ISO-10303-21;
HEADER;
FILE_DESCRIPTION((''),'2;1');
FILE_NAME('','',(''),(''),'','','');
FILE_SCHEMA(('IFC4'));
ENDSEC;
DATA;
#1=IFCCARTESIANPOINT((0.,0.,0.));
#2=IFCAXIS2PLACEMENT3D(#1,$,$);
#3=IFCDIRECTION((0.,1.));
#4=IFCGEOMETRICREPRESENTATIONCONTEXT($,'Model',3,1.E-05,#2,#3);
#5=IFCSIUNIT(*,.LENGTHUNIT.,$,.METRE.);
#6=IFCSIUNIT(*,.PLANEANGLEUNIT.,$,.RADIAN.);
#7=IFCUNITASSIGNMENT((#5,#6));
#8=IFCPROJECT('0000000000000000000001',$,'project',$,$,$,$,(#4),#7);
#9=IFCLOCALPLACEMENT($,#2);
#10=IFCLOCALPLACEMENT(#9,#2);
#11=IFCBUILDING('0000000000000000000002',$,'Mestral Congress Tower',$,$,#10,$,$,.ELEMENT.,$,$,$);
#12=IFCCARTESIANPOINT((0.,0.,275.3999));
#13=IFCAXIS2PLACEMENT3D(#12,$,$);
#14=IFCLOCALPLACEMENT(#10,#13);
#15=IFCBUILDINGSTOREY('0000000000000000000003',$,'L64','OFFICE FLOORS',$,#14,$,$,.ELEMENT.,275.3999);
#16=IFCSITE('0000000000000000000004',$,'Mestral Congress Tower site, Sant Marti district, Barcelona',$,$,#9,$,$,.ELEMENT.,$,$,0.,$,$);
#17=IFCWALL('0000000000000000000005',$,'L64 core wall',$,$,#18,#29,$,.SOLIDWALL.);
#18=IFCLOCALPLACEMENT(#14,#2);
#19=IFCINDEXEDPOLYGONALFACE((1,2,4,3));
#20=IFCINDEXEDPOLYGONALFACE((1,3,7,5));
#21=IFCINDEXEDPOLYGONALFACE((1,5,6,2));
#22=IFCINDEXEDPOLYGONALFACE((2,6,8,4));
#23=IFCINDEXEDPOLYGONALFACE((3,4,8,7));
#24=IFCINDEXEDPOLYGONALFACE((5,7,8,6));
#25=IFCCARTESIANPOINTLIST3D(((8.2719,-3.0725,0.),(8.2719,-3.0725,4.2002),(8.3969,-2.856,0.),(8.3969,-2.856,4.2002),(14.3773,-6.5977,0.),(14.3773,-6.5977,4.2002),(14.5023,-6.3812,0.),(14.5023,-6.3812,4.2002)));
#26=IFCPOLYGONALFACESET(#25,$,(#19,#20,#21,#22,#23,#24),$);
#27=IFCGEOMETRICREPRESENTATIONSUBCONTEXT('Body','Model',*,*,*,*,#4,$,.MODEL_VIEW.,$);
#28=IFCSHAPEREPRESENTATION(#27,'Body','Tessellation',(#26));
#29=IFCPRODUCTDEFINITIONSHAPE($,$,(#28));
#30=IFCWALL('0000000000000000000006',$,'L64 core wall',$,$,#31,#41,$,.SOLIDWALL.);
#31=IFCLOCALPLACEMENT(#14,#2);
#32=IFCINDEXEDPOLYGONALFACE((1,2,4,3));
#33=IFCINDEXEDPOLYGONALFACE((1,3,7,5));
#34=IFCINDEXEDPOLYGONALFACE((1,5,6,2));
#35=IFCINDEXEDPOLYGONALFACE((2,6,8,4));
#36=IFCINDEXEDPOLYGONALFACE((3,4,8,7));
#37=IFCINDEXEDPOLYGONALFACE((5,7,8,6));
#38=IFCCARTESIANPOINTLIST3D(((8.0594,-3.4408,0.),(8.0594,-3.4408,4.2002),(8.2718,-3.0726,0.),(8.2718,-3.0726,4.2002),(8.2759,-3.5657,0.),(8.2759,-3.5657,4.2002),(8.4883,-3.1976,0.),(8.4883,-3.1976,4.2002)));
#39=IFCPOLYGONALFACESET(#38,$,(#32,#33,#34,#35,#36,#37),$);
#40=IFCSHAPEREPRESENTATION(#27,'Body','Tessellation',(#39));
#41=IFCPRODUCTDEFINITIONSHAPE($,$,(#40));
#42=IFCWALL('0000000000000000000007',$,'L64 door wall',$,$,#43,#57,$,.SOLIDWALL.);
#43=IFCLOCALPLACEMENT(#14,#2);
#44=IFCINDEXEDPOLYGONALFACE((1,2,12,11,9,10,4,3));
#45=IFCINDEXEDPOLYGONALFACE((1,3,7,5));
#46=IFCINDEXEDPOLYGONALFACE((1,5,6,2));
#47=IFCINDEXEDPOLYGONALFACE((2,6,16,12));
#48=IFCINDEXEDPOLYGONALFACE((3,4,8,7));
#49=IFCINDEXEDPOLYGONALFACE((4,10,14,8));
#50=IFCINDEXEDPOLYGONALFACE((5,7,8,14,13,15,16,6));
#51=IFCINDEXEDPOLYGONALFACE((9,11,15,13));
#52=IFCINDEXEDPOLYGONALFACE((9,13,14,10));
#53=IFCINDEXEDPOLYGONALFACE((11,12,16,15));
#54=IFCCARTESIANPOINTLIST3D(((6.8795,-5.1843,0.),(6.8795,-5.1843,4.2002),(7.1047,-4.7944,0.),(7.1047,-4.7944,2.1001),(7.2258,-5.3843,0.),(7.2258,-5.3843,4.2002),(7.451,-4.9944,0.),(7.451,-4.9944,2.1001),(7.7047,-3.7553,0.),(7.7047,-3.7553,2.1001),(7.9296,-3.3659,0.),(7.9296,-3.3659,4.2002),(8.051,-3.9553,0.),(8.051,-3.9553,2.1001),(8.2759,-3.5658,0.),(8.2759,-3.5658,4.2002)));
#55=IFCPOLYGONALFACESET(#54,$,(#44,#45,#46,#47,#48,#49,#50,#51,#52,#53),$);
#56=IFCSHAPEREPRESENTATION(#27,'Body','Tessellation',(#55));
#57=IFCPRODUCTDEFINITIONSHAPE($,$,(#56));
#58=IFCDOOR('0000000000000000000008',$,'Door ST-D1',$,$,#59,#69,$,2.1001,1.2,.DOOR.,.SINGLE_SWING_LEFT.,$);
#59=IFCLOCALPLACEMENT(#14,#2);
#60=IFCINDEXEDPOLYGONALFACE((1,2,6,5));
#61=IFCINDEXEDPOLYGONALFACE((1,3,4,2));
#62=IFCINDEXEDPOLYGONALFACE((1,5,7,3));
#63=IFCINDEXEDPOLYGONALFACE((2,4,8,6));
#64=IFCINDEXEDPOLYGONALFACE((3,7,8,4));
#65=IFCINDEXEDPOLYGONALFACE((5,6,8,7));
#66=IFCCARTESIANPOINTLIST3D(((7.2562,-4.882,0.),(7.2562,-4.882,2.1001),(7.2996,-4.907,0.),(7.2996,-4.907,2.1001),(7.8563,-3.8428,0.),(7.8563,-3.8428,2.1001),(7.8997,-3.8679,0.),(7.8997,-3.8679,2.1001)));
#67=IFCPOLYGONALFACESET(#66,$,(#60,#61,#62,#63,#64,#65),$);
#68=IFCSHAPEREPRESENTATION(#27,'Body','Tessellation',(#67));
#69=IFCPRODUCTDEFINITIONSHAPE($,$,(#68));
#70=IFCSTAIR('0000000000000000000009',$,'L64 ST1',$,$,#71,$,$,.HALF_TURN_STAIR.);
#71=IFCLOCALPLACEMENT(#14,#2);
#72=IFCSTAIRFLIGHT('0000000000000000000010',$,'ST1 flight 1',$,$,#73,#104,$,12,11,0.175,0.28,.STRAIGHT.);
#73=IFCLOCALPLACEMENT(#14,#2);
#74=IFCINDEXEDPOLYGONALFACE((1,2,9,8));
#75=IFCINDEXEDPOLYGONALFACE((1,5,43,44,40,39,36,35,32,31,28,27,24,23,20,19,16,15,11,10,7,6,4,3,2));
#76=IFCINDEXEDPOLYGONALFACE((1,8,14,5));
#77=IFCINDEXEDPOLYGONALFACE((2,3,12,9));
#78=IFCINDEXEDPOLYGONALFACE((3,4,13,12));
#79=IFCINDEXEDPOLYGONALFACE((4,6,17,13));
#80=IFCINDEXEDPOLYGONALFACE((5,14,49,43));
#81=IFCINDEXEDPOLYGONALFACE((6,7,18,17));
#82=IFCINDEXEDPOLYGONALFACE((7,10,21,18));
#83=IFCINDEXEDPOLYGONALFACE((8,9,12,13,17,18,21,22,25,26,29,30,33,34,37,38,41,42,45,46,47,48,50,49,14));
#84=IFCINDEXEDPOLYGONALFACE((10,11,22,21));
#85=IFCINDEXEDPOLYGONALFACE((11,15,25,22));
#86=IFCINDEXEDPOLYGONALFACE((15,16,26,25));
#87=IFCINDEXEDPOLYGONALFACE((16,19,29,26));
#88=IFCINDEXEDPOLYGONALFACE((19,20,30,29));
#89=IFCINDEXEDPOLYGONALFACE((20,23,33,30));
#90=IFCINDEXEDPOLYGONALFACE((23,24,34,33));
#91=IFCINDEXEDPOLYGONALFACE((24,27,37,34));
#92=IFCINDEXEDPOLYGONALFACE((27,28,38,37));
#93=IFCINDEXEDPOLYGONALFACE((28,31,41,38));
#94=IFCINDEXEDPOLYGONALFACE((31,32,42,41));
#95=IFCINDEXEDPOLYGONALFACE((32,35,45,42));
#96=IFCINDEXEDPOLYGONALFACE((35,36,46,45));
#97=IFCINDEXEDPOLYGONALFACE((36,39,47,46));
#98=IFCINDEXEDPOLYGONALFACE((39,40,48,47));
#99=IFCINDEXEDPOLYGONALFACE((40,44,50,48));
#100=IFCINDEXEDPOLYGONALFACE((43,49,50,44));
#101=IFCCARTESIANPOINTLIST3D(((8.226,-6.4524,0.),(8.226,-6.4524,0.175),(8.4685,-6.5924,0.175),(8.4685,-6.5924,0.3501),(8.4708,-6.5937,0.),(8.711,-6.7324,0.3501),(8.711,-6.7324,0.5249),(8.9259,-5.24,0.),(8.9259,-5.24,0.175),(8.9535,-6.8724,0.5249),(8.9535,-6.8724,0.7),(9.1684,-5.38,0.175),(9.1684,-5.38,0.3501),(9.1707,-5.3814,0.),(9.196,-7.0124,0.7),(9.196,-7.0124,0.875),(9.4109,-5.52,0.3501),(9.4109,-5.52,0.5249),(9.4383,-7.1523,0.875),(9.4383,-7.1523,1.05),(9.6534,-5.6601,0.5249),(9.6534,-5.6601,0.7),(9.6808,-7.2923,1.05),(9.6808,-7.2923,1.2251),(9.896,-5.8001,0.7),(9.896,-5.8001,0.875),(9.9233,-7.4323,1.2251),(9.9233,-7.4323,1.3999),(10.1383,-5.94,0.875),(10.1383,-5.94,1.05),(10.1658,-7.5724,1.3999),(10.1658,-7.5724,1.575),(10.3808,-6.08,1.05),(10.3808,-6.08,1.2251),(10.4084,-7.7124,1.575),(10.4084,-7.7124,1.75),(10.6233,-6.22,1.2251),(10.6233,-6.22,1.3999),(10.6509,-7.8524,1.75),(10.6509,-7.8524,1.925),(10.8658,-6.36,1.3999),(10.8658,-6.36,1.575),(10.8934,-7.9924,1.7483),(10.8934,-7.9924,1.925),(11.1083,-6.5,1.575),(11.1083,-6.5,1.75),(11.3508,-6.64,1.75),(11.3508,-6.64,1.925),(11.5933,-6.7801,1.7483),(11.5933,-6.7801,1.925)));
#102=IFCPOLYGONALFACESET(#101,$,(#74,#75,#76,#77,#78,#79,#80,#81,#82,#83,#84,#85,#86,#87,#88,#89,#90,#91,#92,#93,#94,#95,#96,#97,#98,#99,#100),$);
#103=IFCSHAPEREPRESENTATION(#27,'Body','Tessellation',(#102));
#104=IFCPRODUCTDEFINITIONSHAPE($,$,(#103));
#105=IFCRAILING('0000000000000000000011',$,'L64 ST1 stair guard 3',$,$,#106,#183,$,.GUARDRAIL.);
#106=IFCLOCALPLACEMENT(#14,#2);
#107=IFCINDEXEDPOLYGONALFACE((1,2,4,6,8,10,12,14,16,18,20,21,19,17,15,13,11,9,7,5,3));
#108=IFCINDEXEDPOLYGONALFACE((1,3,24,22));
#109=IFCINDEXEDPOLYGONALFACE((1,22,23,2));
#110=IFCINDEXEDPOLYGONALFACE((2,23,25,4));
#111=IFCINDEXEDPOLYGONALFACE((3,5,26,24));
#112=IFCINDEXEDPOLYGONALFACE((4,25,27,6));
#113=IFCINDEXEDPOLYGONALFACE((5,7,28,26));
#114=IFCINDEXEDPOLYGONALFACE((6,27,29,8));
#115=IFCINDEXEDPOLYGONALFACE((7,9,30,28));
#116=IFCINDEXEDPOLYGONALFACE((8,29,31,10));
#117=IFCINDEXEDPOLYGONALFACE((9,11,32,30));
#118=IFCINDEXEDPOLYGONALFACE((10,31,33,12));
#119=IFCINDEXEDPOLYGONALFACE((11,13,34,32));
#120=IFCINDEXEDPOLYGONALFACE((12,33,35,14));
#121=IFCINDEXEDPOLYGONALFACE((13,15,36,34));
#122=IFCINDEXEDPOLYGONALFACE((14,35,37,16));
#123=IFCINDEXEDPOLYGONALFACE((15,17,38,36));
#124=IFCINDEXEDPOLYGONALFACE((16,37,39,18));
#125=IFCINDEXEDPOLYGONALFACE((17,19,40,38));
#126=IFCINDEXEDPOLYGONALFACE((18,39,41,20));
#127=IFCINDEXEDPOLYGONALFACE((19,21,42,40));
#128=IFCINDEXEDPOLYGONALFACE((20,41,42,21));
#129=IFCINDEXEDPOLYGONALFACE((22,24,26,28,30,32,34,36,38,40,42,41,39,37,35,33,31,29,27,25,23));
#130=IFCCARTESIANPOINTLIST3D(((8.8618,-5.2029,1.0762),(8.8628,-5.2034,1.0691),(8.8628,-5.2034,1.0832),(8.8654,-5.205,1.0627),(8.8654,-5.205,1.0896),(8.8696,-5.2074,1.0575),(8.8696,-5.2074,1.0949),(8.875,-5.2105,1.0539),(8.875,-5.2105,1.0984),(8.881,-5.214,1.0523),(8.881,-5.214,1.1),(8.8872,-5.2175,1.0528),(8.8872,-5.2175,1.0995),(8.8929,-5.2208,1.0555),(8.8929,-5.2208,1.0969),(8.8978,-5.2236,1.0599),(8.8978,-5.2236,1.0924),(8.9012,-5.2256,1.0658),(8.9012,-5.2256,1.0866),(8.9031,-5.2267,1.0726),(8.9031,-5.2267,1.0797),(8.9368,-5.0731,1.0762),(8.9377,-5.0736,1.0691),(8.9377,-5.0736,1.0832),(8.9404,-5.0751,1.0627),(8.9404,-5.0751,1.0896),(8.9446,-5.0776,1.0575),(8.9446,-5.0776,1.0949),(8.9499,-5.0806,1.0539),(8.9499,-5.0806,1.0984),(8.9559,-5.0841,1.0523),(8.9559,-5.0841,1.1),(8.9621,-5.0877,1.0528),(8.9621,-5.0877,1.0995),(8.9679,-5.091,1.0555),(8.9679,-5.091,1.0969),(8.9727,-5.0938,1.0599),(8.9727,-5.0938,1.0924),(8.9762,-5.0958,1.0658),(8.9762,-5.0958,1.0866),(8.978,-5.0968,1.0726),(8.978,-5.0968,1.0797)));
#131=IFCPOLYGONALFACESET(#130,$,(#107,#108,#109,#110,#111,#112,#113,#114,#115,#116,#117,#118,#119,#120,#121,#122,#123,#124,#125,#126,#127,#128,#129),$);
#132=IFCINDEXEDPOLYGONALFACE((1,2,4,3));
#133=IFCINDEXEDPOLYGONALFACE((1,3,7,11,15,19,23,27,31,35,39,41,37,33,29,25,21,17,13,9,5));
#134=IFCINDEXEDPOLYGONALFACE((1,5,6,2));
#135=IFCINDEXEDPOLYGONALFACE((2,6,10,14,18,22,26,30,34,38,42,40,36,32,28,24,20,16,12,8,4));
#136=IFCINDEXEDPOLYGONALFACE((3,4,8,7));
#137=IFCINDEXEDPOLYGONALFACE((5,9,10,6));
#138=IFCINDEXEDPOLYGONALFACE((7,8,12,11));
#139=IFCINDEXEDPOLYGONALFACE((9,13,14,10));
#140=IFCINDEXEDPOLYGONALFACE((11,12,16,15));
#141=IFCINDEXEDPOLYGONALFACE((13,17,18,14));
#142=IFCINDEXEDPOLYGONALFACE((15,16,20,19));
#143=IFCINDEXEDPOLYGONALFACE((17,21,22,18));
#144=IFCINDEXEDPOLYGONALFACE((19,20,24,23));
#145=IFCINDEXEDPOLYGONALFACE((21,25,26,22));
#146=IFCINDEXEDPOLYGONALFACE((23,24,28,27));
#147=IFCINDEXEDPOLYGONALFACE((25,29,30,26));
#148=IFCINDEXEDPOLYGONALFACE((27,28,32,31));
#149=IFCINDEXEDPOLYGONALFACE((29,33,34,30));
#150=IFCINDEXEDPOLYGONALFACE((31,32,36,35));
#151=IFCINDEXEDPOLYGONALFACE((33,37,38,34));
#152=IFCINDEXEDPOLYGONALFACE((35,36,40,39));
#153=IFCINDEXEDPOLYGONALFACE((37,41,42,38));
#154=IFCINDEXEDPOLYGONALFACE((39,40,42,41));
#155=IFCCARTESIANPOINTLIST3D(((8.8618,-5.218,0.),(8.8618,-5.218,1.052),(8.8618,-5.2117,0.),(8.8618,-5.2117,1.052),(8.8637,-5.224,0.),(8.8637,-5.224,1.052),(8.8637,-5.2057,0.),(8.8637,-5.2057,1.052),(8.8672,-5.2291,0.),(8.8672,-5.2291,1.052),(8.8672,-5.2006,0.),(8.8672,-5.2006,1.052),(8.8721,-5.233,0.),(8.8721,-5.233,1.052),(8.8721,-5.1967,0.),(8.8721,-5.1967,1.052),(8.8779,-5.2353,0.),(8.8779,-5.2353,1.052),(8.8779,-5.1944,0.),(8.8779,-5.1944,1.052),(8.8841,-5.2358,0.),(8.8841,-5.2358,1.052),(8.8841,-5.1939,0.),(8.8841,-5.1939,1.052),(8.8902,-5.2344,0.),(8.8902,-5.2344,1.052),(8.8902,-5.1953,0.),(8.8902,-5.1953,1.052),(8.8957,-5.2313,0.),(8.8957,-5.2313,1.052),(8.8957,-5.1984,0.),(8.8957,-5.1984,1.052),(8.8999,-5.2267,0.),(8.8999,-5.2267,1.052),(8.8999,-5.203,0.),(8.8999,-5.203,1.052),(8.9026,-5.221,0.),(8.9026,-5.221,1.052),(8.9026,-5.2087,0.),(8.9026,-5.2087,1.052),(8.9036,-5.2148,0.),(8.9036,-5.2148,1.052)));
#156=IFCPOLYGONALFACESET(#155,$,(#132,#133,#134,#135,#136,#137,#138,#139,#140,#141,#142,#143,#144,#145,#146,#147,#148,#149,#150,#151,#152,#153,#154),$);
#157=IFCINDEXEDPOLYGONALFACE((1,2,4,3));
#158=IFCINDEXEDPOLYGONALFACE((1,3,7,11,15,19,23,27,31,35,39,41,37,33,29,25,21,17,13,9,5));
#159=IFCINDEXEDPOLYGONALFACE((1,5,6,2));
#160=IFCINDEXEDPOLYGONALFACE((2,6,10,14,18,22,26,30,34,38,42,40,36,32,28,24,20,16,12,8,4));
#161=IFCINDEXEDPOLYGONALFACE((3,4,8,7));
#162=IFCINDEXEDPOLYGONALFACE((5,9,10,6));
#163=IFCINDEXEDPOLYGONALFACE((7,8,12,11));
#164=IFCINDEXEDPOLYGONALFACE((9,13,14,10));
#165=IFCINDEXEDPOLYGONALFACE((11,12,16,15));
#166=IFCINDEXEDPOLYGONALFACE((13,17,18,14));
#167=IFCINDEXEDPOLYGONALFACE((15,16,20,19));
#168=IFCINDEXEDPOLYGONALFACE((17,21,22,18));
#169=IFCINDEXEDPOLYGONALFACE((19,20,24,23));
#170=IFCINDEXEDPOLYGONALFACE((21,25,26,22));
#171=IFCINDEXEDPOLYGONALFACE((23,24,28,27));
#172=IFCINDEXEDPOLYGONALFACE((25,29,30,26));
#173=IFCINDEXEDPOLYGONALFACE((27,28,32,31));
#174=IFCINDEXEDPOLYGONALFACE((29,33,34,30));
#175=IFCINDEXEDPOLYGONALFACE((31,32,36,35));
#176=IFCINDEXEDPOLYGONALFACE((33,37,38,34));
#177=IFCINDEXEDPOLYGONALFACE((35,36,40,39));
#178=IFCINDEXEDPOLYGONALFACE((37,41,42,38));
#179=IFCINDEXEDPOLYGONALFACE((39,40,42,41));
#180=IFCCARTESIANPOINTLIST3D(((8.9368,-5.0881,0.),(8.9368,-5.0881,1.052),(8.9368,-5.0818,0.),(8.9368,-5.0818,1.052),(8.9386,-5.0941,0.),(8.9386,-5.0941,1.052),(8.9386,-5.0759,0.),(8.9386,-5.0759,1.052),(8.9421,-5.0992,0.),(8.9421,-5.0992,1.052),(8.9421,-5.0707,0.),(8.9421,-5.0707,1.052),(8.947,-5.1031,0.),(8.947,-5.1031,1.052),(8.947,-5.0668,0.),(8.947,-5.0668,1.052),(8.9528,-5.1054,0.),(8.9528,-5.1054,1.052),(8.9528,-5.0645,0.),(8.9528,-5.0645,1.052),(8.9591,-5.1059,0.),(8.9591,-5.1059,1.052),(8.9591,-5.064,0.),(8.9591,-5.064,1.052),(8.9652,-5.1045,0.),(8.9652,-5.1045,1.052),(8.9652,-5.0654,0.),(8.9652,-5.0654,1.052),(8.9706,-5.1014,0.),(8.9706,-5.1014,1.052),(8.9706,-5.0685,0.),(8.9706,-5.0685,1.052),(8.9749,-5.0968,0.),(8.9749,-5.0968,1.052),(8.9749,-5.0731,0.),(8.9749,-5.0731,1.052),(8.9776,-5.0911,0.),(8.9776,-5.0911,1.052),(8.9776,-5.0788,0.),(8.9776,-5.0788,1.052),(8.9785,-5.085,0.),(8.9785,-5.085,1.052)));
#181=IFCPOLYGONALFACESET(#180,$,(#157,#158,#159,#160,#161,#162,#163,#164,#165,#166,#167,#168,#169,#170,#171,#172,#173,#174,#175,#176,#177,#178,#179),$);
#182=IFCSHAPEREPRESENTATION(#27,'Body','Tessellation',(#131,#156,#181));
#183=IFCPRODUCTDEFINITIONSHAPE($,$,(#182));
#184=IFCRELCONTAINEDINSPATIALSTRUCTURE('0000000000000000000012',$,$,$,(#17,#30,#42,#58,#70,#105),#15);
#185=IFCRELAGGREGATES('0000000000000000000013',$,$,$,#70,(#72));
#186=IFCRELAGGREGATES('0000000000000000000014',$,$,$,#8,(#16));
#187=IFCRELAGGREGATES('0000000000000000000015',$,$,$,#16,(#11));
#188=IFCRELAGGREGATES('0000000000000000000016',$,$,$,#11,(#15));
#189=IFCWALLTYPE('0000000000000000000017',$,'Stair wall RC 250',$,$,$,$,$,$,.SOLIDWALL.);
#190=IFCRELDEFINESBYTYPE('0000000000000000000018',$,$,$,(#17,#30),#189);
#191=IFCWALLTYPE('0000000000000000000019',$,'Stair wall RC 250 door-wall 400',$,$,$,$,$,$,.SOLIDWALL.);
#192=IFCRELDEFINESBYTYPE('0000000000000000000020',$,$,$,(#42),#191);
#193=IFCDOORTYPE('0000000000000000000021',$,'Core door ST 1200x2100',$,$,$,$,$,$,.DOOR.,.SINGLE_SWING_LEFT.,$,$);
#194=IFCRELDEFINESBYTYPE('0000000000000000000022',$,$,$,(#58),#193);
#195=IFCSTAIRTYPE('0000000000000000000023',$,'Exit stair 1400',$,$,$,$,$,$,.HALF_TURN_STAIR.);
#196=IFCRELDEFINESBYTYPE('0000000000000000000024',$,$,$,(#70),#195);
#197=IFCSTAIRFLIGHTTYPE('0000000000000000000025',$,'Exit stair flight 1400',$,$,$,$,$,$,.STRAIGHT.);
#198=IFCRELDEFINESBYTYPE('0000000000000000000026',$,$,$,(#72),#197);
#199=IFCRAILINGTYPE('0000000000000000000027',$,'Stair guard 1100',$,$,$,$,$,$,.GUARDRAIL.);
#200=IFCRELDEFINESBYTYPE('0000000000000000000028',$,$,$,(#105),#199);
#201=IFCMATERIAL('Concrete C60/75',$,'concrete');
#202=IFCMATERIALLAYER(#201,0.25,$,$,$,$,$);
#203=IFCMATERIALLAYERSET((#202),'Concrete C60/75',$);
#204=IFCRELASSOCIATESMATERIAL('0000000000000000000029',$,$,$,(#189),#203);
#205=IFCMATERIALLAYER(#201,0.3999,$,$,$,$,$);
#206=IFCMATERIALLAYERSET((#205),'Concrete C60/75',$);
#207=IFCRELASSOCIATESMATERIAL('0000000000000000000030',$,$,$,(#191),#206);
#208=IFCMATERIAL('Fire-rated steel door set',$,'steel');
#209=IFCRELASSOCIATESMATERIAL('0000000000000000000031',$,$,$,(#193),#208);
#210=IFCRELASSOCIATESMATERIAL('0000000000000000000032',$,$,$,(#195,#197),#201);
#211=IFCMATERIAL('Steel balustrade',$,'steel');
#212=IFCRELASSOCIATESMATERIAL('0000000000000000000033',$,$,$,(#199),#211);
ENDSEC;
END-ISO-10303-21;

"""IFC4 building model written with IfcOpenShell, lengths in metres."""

from ifc_helpers import new_model, si_unit, direction, frame, frame_2d, origin, origin_2d, place, context, subcontext, project, spatial, polyline, rectangle, circle, outline, extrude, material, layer, layer_set, type_object, element, fill, aggregate, save


model = new_model("IFC4")

# Units and contexts
model_context = context("Model", 3, precision=1e-05, world=origin(), true_north=direction((0.0, 1.0)))
body_context = subcontext(model_context, "Body", "Model", "MODEL_VIEW")
ifc_project = project(units=[si_unit("LENGTHUNIT", "METRE"), si_unit("PLANEANGLEUNIT", "RADIAN")], contexts=[model_context])

# Site, building, storey
site_placement = place(None, origin())
site = spatial("IfcSite", under=ifc_project, at=site_placement, Name="Mestral Congress Tower site, Sant Marti district, Barcelona", CompositionType="ELEMENT", RefElevation=0.0)
building_placement = place(site_placement, origin())
building = spatial("IfcBuilding", under=site, at=building_placement, Name="Mestral Congress Tower", CompositionType="ELEMENT")
storey_placement = place(building_placement, frame((0.0, 0.0, 275.3999)))
storey = spatial("IfcBuildingStorey", under=building, at=storey_placement, Name="L64", Description="OFFICE FLOORS", CompositionType="ELEMENT", Elevation=275.3999)

# Shared definitions
ifc_material_1 = material(Name="Fire-rated steel door set", Category="steel")

# Shared definitions
ifc_material_2 = material(Name="Concrete C60/75", Category="concrete")

# Walls
ifc_layer_1 = layer(ifc_material_2, 0.25)
ifc_layer_set_1 = layer_set([ifc_layer_1], Name="Concrete C60/75")
wall_type_1 = type_object("IfcWallType", Name="Stair wall RC 250", PredefinedType="SOLIDWALL", material=ifc_layer_set_1)
wall_1_placement = place(storey_placement, frame((8.3345, -2.9644, 0.0), z_axis=(0.0, 0.0, 1.0), x_axis=(0.866016, -0.500016, 0.0)))
element("IfcWall", 1, at=wall_1_placement, inside=storey, type_object=wall_type_1, Name="L64 core wall", PredefinedType="SOLIDWALL", context=body_context, shape_type="SweptSolid", body=[
    extrude(rectangle(XDim=7.05, YDim=0.25, at=frame_2d((3.5249, 0.0))), origin(), (0.0, 0.0, 1.0), 4.2002),
])
wall_2_placement = place(storey_placement, frame((8.1677, -3.5032, 0.0), z_axis=(0.0, 0.0, 1.0), x_axis=(0.499722, 0.866186, 0.0)))
element("IfcWall", 2, at=wall_2_placement, inside=storey, type_object=wall_type_1, Name="L64 core wall", PredefinedType="SOLIDWALL", context=body_context, shape_type="SweptSolid", body=[
    extrude(rectangle(XDim=0.425, YDim=0.25, at=frame_2d((0.2124, 0.0))), origin(), (0.0, 0.0, 1.0), 4.2002),
])

# Wall, opening, door
ifc_layer_2 = layer(ifc_material_2, 0.3999)
ifc_layer_set_2 = layer_set([ifc_layer_2], Name="Concrete C60/75")
wall_type_2 = type_object("IfcWallType", Name="Stair wall RC 250 door-wall 400", PredefinedType="SOLIDWALL", material=ifc_layer_set_2)
wall_3_placement = place(storey_placement, frame((7.0527, -5.2842, 0.0), z_axis=(0.0, 0.0, 1.0), x_axis=(0.500078, 0.86598, 0.0)))
wall_3 = element("IfcWall", 3, at=wall_3_placement, inside=storey, type_object=wall_type_2, Name="L64 door wall", PredefinedType="SOLIDWALL", context=body_context, shape_type="SweptSolid", body=[
    extrude(rectangle(XDim=2.0999, YDim=0.3999, at=frame_2d((1.0498, 0.0))), origin(), (0.0, 0.0, 1.0), 4.2002),
])
opening_1_placement = place(wall_3_placement, frame((0.45, 0.0, 0.0)))
opening_1 = element("IfcOpeningElement", 4, at=opening_1_placement, cuts=wall_3, PredefinedType="OPENING", context=body_context, shape_type="SweptSolid", body=[
    extrude(rectangle(XDim=1.2, YDim=2.1001, at=frame_2d((0.6001, 1.05))), frame((0.0, 0.21, 0.0), z_axis=(0.0, -1.0, 0.0), x_axis=(1.0, 0.0, 0.0)), (0.0, 0.0, 1.0), 0.4199),
])
door_type_1 = type_object("IfcDoorType", Name="Core door ST 1200x2100", OperationType="SINGLE_SWING_LEFT", PredefinedType="DOOR", material=ifc_material_1)
door_1_placement = place(opening_1_placement, origin())
door_1 = element("IfcDoor", 5, at=door_1_placement, inside=storey, type_object=door_type_1, Name="Door ST-D1", OperationType="SINGLE_SWING_LEFT", OverallHeight=2.1001, OverallWidth=1.2, PredefinedType="DOOR", context=body_context, shape_type="SweptSolid", body=[
    extrude(rectangle(XDim=1.2, YDim=2.1001, at=frame_2d((0.6001, 1.05))), frame((0.0, 0.0249, 0.0), z_axis=(0.0, -1.0, 0.0), x_axis=(1.0, 0.0, 0.0)), (0.0, 0.0, 1.0), 0.05),
])
fill(opening_1, door_1)

# Stair, stair flight
stair_type = type_object("IfcStairType", Name="Exit stair 1400", PredefinedType="HALF_TURN_STAIR", material=ifc_material_2)
stair_placement = place(storey_placement, origin())
stair = element("IfcStair", 6, at=stair_placement, inside=storey, type_object=stair_type, Name="L64 ST1", PredefinedType="HALF_TURN_STAIR")
stair_flight_type = type_object("IfcStairFlightType", Name="Exit stair flight 1400", PredefinedType="STRAIGHT", material=ifc_material_2)
stair_flight_placement = place(storey_placement, frame((8.5759, -5.8462, 0.0), z_axis=(0.0, 0.0, 1.0), x_axis=(0.866025, -0.5, 0.0)))
stair_flight = element("IfcStairFlight", 7, at=stair_flight_placement, type_object=stair_flight_type, Name="ST1 flight 1", NumberOfRisers=12, NumberOfTreads=11, PredefinedType="STRAIGHT", RiserHeight=0.175, TreadLength=0.28, context=body_context, shape_type="SweptSolid", body=[
    extrude(outline(polyline([(0.0, 0.0), (0.0, 0.175), (0.28, 0.175), (0.28, 0.3501), (0.5601, 0.3501), (0.5601, 0.5249), (0.8401, 0.5249), (0.8401, 0.7), (1.1201, 0.7), (1.1201, 0.875), (1.3999, 0.875), (1.3999, 1.05), (1.6799, 1.05), (1.6799, 1.2251), (1.96, 1.2251), (1.96, 1.3999), (2.24, 1.3999), (2.24, 1.575), (2.52, 1.575), (2.52, 1.75), (2.8, 1.75), (2.8, 1.925), (3.0801, 1.925), (3.0801, 2.1001), (3.0801, 1.7483), (0.2827, 0.0), (0.0, 0.0)])), frame((0.0, 0.7, 0.0), z_axis=(0.0, -1.0, 0.0), x_axis=(1.0, 0.0, 0.0)), (0.0, 0.0, 1.0), 1.3999),
])
aggregate(stair, [stair_flight])

# Railing
ifc_material_3 = material(Name="Steel balustrade", Category="steel")
railing_type_1 = type_object("IfcRailingType", Name="Stair guard 1100", PredefinedType="GUARDRAIL", material=ifc_material_3)
railing_1_placement = place(storey_placement, frame((8.8826, -5.2148, 0.0)))
element("IfcRailing", 8, at=railing_1_placement, inside=storey, type_object=railing_type_1, Name="L64 ST1 stair guard 3", PredefinedType="GUARDRAIL", context=body_context, shape_type="SweptSolid", body=[
    extrude(circle(Radius=0.0239, at=origin_2d()), frame((0.0, 0.0, 1.0762), z_axis=(0.499816, 0.866131, 0.0), x_axis=(-0.866131, 0.499816, 0.0)), (0.0, 0.0, 1.0), 0.1499),
    extrude(circle(Radius=0.021, at=origin_2d()), origin(), (0.0, 0.0, 1.0), 1.052),
    extrude(circle(Radius=0.021, at=origin_2d()), frame((0.075, 0.1299, 0.0)), (0.0, 0.0, 1.0), 1.052),
])

save(model, "model.ifc")
